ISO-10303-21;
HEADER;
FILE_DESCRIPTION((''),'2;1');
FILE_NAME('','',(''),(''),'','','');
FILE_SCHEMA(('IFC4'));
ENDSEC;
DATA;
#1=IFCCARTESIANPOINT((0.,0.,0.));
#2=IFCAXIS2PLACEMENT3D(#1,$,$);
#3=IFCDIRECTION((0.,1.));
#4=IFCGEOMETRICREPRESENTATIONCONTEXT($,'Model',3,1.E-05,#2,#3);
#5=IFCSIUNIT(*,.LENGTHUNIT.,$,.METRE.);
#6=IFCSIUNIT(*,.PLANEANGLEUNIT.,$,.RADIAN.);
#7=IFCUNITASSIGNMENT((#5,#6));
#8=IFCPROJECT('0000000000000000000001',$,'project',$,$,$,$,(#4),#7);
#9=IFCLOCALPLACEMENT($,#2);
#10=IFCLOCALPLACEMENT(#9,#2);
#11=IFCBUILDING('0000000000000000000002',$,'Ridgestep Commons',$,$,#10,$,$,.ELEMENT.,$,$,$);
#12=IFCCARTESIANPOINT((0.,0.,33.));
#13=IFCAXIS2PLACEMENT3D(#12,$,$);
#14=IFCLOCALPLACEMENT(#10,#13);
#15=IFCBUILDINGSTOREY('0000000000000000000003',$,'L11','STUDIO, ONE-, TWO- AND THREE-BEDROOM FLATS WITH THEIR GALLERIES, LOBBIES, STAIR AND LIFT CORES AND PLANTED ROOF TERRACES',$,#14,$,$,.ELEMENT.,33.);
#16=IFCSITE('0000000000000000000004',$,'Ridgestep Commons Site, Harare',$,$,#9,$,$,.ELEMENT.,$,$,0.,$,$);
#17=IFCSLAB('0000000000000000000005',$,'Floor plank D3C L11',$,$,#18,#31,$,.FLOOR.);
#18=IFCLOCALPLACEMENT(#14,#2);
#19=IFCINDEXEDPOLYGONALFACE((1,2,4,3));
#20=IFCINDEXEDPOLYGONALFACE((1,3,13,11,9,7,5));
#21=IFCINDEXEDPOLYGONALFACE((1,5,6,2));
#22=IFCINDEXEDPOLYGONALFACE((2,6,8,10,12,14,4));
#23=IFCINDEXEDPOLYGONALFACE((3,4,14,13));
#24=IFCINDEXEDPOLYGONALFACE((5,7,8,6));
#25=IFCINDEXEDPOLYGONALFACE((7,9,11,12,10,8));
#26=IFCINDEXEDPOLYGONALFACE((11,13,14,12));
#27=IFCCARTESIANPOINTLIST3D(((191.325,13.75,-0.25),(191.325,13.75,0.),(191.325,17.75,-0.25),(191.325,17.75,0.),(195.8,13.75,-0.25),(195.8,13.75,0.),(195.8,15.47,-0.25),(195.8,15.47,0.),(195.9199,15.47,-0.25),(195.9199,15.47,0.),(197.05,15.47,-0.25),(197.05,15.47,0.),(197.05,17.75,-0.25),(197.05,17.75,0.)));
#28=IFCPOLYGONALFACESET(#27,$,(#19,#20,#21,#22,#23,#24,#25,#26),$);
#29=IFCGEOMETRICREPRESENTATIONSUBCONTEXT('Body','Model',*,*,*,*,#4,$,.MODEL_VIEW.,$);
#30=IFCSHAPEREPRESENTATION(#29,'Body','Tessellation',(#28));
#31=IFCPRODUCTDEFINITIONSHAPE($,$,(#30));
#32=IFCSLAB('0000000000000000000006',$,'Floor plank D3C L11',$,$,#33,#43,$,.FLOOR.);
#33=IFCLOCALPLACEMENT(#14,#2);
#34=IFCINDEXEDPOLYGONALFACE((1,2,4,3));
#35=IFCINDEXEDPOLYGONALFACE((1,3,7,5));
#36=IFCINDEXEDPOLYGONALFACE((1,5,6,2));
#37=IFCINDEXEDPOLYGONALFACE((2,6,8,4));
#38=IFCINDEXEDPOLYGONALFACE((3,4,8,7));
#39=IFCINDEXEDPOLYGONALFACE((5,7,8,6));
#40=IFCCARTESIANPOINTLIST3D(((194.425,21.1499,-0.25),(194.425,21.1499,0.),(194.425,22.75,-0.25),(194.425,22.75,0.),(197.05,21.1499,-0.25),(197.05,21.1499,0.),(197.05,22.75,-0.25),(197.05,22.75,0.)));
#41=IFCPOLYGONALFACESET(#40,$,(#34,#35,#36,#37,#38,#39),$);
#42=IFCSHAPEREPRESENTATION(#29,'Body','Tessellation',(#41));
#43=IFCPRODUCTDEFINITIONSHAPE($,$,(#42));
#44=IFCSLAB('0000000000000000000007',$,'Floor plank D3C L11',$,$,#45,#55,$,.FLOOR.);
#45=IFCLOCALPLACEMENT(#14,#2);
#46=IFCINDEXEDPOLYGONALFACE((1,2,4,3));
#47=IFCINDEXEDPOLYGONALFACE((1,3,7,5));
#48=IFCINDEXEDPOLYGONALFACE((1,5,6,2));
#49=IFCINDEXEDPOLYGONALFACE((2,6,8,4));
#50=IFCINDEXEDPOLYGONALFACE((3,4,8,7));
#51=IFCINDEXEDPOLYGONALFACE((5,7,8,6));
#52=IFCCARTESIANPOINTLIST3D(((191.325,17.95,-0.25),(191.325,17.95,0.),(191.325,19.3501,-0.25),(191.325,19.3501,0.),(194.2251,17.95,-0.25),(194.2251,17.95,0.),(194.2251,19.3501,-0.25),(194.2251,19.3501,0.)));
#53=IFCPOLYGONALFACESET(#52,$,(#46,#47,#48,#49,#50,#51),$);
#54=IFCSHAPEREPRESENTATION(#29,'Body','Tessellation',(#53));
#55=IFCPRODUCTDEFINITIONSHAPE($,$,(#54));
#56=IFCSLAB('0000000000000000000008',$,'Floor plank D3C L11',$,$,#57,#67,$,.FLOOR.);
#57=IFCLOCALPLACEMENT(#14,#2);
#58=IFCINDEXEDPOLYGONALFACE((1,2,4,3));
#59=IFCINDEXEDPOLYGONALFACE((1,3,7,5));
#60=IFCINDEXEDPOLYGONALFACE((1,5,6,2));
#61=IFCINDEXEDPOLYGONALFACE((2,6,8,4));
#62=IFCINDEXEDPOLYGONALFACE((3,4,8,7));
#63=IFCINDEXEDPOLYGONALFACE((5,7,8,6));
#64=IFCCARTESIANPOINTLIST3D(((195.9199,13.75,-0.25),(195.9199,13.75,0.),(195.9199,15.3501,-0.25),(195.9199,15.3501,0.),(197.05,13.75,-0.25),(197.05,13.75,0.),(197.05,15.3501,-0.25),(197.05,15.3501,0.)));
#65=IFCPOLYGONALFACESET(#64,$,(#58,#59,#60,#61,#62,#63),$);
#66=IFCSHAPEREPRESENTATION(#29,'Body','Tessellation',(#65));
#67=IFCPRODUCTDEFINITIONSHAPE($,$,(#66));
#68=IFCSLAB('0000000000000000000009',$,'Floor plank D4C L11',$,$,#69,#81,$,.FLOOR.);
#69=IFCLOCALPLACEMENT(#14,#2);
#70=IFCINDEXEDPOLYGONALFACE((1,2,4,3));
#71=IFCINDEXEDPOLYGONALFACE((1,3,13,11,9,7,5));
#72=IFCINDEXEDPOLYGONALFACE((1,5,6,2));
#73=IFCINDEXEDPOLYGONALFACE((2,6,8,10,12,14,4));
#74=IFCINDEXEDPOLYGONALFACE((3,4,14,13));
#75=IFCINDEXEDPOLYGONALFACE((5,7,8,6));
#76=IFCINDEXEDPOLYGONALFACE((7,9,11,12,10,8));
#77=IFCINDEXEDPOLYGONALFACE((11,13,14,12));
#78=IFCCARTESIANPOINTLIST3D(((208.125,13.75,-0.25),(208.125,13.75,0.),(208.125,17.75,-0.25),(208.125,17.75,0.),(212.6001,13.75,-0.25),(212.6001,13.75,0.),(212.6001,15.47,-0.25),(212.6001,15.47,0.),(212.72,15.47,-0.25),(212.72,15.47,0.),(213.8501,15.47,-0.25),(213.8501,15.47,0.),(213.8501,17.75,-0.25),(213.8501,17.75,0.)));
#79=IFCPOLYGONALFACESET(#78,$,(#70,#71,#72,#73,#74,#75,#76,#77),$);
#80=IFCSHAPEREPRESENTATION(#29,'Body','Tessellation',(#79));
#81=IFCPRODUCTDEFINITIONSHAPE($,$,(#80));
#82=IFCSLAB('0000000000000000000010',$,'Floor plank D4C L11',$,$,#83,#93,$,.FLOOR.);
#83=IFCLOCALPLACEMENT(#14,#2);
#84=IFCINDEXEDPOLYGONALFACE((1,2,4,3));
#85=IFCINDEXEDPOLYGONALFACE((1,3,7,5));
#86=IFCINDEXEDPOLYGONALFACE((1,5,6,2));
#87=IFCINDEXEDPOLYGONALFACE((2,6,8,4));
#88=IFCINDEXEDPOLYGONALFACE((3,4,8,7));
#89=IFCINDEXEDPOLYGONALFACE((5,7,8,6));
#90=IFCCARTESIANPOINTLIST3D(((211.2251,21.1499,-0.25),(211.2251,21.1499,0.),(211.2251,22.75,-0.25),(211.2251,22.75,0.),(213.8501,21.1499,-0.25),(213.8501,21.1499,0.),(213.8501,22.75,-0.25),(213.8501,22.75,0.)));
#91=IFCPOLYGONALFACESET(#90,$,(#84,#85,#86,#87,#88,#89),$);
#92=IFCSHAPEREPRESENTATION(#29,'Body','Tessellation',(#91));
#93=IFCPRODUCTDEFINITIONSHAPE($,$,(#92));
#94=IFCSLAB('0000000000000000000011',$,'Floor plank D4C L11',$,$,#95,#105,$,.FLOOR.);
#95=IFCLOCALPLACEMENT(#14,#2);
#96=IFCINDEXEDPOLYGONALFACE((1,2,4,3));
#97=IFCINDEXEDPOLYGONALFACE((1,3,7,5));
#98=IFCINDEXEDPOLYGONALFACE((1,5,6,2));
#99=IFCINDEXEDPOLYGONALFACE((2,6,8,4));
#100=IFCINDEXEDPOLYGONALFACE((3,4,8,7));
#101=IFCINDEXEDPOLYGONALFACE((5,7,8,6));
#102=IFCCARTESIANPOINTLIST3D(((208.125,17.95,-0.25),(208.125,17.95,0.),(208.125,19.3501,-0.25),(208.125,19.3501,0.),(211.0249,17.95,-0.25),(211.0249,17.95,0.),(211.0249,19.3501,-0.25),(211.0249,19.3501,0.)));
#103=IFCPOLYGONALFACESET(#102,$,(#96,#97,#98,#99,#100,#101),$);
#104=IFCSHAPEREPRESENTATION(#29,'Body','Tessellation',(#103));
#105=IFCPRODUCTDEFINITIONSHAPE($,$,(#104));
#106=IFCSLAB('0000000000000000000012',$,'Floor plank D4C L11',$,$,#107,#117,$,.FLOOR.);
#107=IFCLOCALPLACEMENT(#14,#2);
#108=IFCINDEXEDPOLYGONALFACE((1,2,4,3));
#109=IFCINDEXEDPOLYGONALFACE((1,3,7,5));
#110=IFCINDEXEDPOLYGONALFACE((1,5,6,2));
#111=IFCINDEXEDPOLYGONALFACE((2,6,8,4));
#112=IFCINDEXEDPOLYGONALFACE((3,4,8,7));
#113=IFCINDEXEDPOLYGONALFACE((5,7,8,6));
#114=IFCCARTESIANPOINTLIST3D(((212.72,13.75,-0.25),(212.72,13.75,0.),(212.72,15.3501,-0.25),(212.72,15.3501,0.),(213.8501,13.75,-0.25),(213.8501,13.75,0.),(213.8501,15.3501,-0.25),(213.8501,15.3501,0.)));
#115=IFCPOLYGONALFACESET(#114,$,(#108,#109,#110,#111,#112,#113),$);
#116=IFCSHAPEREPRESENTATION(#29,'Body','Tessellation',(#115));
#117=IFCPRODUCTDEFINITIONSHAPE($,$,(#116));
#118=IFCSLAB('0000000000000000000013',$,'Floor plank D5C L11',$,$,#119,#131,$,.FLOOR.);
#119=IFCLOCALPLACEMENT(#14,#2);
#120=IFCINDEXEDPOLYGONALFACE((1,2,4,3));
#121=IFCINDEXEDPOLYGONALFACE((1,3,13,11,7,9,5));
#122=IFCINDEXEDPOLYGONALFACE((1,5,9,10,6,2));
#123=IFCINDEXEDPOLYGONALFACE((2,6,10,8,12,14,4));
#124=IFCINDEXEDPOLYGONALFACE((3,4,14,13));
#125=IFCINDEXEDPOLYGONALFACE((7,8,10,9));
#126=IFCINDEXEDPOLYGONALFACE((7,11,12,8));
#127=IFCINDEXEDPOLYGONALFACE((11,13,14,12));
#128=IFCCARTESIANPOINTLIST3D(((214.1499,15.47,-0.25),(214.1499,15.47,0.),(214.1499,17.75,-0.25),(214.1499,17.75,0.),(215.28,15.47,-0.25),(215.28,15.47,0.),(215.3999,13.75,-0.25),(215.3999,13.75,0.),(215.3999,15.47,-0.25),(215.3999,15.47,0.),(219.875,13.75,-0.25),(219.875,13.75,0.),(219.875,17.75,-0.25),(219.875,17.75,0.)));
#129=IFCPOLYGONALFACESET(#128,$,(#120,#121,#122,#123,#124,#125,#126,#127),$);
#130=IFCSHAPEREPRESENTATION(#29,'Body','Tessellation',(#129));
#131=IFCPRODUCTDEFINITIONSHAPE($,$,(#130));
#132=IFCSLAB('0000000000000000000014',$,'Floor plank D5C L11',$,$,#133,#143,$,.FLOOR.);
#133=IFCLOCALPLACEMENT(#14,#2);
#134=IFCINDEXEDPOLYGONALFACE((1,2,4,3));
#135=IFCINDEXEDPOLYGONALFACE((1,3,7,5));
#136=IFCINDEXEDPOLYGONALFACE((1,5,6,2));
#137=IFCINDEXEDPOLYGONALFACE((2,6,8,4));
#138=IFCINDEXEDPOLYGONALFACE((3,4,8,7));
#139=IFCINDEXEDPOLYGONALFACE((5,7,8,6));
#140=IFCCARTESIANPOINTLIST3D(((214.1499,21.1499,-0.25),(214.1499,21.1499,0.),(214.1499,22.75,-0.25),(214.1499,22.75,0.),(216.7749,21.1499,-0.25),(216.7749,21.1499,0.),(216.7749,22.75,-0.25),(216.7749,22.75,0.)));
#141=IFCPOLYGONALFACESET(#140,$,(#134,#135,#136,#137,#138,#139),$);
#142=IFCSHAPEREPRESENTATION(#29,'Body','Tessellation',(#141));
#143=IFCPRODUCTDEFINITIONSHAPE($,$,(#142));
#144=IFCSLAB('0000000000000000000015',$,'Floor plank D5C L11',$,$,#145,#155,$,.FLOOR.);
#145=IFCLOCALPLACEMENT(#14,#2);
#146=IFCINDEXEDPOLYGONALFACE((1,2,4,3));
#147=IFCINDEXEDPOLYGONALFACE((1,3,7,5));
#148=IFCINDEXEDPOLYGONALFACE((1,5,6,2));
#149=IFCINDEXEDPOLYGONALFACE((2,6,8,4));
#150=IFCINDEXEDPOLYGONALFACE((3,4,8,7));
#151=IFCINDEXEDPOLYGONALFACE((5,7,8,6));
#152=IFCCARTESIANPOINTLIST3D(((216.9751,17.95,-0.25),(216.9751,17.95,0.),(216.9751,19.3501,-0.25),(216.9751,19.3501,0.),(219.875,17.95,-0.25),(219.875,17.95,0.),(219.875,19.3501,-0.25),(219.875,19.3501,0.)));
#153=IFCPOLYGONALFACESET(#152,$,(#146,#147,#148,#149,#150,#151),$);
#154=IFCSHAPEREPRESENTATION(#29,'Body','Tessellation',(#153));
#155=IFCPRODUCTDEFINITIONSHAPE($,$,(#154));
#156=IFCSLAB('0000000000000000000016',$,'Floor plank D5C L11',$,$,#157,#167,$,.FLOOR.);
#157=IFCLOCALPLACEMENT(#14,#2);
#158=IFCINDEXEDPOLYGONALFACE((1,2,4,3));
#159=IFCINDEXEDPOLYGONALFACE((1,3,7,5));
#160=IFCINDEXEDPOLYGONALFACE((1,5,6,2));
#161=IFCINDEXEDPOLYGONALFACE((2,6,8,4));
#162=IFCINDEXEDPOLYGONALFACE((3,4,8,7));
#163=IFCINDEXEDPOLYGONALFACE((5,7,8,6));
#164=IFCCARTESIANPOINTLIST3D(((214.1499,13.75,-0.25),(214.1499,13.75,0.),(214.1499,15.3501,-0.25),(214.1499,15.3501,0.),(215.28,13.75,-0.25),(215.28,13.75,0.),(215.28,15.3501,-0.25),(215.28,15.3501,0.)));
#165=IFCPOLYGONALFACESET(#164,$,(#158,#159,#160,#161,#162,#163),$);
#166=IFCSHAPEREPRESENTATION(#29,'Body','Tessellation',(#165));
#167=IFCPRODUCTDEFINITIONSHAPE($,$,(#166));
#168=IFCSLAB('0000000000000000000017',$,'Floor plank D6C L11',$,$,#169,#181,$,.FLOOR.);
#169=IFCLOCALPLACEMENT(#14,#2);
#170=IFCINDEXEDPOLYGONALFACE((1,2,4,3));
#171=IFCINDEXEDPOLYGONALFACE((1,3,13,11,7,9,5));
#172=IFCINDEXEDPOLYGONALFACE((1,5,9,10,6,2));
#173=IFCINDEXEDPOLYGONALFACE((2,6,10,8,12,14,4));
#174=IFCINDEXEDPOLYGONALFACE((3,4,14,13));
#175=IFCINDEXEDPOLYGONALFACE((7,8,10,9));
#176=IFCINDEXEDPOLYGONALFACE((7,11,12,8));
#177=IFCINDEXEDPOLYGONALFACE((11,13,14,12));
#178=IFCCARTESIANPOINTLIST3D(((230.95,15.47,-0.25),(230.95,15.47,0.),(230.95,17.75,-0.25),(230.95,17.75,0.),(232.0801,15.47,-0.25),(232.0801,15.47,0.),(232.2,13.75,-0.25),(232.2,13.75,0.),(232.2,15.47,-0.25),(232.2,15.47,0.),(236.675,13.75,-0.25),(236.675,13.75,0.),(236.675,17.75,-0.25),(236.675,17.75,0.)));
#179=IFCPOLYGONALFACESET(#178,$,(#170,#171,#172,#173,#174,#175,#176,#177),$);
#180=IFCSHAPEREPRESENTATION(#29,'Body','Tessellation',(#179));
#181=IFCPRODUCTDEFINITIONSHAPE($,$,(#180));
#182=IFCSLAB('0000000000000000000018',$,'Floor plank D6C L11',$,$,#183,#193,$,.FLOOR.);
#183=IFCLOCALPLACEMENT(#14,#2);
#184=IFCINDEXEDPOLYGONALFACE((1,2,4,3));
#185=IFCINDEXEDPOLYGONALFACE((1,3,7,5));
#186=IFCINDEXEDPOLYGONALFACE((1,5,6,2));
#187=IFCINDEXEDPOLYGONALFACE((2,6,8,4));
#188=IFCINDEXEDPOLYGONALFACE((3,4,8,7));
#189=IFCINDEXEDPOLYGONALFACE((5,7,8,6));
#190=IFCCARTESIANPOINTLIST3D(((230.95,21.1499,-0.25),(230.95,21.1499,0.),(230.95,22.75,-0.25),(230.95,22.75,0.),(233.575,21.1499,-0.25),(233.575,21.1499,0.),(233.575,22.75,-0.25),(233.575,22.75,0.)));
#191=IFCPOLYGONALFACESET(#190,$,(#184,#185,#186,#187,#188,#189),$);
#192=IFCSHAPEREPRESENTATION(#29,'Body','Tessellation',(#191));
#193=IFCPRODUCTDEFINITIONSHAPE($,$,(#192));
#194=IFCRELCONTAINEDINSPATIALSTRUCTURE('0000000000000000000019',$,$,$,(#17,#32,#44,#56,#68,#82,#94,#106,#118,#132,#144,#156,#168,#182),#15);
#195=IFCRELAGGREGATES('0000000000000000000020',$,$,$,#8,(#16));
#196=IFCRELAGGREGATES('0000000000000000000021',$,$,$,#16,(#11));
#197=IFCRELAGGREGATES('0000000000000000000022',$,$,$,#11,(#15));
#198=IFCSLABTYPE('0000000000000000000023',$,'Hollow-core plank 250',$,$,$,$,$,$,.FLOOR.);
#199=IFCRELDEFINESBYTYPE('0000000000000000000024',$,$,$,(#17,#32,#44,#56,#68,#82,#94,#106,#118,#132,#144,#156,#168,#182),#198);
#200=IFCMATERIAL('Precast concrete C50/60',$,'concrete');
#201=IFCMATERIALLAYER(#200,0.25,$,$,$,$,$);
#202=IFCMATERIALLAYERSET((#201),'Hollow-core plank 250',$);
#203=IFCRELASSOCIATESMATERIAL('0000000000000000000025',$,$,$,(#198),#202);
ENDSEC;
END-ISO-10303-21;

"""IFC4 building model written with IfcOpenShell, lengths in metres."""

from ifc_helpers import new_model, si_unit, direction, frame, origin, place, context, subcontext, project, spatial, polyline, outline, extrude, material, layer, layer_set, type_object, element, save


model = new_model("IFC4")

# Units and contexts
model_context = context("Model", 3, precision=1e-05, world=origin(), true_north=direction((0.0, 1.0)))
body_context = subcontext(model_context, "Body", "Model", "MODEL_VIEW")
ifc_project = project(units=[si_unit("LENGTHUNIT", "METRE"), si_unit("PLANEANGLEUNIT", "RADIAN")], contexts=[model_context])

# Site, building, storey
site_placement = place(None, origin())
site = spatial("IfcSite", under=ifc_project, at=site_placement, Name="Ridgestep Commons Site, Harare", CompositionType="ELEMENT", RefElevation=0.0)
building_placement = place(site_placement, origin())
building = spatial("IfcBuilding", under=site, at=building_placement, Name="Ridgestep Commons", CompositionType="ELEMENT")
storey_placement = place(building_placement, frame((0.0, 0.0, 33.0)))
storey = spatial("IfcBuildingStorey", under=building, at=storey_placement, Name="L11", Description="STUDIO, ONE-, TWO- AND THREE-BEDROOM FLATS WITH THEIR GALLERIES, LOBBIES, STAIR AND LIFT CORES AND PLANTED ROOF TERRACES", CompositionType="ELEMENT", Elevation=33.0)

# Slabs
ifc_material_1 = material(Name="Precast concrete C50/60", Category="concrete")
ifc_layer_1 = layer(ifc_material_1, 0.25)
ifc_layer_set_1 = layer_set([ifc_layer_1], Name="Hollow-core plank 250")
slab_type_1 = type_object("IfcSlabType", Name="Hollow-core plank 250", PredefinedType="FLOOR", material=ifc_layer_set_1)
slab_1_placement = place(storey_placement, frame((0.0, 0.0, -0.25)))
element("IfcSlab", 1, at=slab_1_placement, inside=storey, type_object=slab_type_1, Name="Floor plank D3C L11", PredefinedType="FLOOR", context=body_context, shape_type="SweptSolid", body=[
    extrude(outline(polyline([(195.9199, 15.47), (197.05, 15.47), (197.05, 17.75), (191.325, 17.75), (191.325, 13.75), (195.8, 13.75), (195.8, 15.47), (195.9199, 15.47)])), origin(), (0.0, 0.0, 1.0), 0.25),
])
slab_2_placement = place(storey_placement, frame((0.0, 0.0, -0.25)))
element("IfcSlab", 2, at=slab_2_placement, inside=storey, type_object=slab_type_1, Name="Floor plank D3C L11", PredefinedType="FLOOR", context=body_context, shape_type="SweptSolid", body=[
    extrude(outline(polyline([(197.05, 21.1499), (197.05, 22.75), (194.425, 22.75), (194.425, 21.1499), (197.05, 21.1499)])), origin(), (0.0, 0.0, 1.0), 0.25),
])
slab_3_placement = place(storey_placement, frame((0.0, 0.0, -0.25)))
element("IfcSlab", 3, at=slab_3_placement, inside=storey, type_object=slab_type_1, Name="Floor plank D3C L11", PredefinedType="FLOOR", context=body_context, shape_type="SweptSolid", body=[
    extrude(outline(polyline([(194.2251, 17.95), (194.2251, 19.3501), (191.325, 19.3501), (191.325, 17.95), (194.2251, 17.95)])), origin(), (0.0, 0.0, 1.0), 0.25),
])
slab_4_placement = place(storey_placement, frame((0.0, 0.0, -0.25)))
element("IfcSlab", 4, at=slab_4_placement, inside=storey, type_object=slab_type_1, Name="Floor plank D3C L11", PredefinedType="FLOOR", context=body_context, shape_type="SweptSolid", body=[
    extrude(outline(polyline([(195.9199, 13.75), (197.05, 13.75), (197.05, 15.3501), (195.9199, 15.3501), (195.9199, 13.75)])), origin(), (0.0, 0.0, 1.0), 0.25),
])
slab_5_placement = place(storey_placement, frame((0.0, 0.0, -0.25)))
element("IfcSlab", 5, at=slab_5_placement, inside=storey, type_object=slab_type_1, Name="Floor plank D4C L11", PredefinedType="FLOOR", context=body_context, shape_type="SweptSolid", body=[
    extrude(outline(polyline([(212.72, 15.47), (213.8501, 15.47), (213.8501, 17.75), (208.125, 17.75), (208.125, 13.75), (212.6001, 13.75), (212.6001, 15.47), (212.72, 15.47)])), origin(), (0.0, 0.0, 1.0), 0.25),
])
slab_6_placement = place(storey_placement, frame((0.0, 0.0, -0.25)))
element("IfcSlab", 6, at=slab_6_placement, inside=storey, type_object=slab_type_1, Name="Floor plank D4C L11", PredefinedType="FLOOR", context=body_context, shape_type="SweptSolid", body=[
    extrude(outline(polyline([(213.8501, 21.1499), (213.8501, 22.75), (211.2251, 22.75), (211.2251, 21.1499), (213.8501, 21.1499)])), origin(), (0.0, 0.0, 1.0), 0.25),
])
slab_7_placement = place(storey_placement, frame((0.0, 0.0, -0.25)))
element("IfcSlab", 7, at=slab_7_placement, inside=storey, type_object=slab_type_1, Name="Floor plank D4C L11", PredefinedType="FLOOR", context=body_context, shape_type="SweptSolid", body=[
    extrude(outline(polyline([(211.0249, 17.95), (211.0249, 19.3501), (208.125, 19.3501), (208.125, 17.95), (211.0249, 17.95)])), origin(), (0.0, 0.0, 1.0), 0.25),
])
slab_8_placement = place(storey_placement, frame((0.0, 0.0, -0.25)))
element("IfcSlab", 8, at=slab_8_placement, inside=storey, type_object=slab_type_1, Name="Floor plank D4C L11", PredefinedType="FLOOR", context=body_context, shape_type="SweptSolid", body=[
    extrude(outline(polyline([(212.72, 13.75), (213.8501, 13.75), (213.8501, 15.3501), (212.72, 15.3501), (212.72, 13.75)])), origin(), (0.0, 0.0, 1.0), 0.25),
])
slab_9_placement = place(storey_placement, frame((0.0, 0.0, -0.25)))
element("IfcSlab", 9, at=slab_9_placement, inside=storey, type_object=slab_type_1, Name="Floor plank D5C L11", PredefinedType="FLOOR", context=body_context, shape_type="SweptSolid", body=[
    extrude(outline(polyline([(215.3999, 13.75), (219.875, 13.75), (219.875, 17.75), (214.1499, 17.75), (214.1499, 15.47), (215.28, 15.47), (215.3999, 15.47), (215.3999, 13.75)])), origin(), (0.0, 0.0, 1.0), 0.25),
])
slab_10_placement = place(storey_placement, frame((0.0, 0.0, -0.25)))
element("IfcSlab", 10, at=slab_10_placement, inside=storey, type_object=slab_type_1, Name="Floor plank D5C L11", PredefinedType="FLOOR", context=body_context, shape_type="SweptSolid", body=[
    extrude(outline(polyline([(216.7749, 22.75), (214.1499, 22.75), (214.1499, 21.1499), (216.7749, 21.1499), (216.7749, 22.75)])), origin(), (0.0, 0.0, 1.0), 0.25),
])
slab_11_placement = place(storey_placement, frame((0.0, 0.0, -0.25)))
element("IfcSlab", 11, at=slab_11_placement, inside=storey, type_object=slab_type_1, Name="Floor plank D5C L11", PredefinedType="FLOOR", context=body_context, shape_type="SweptSolid", body=[
    extrude(outline(polyline([(219.875, 17.95), (219.875, 19.3501), (216.9751, 19.3501), (216.9751, 17.95), (219.875, 17.95)])), origin(), (0.0, 0.0, 1.0), 0.25),
])
slab_12_placement = place(storey_placement, frame((0.0, 0.0, -0.25)))
element("IfcSlab", 12, at=slab_12_placement, inside=storey, type_object=slab_type_1, Name="Floor plank D5C L11", PredefinedType="FLOOR", context=body_context, shape_type="SweptSolid", body=[
    extrude(outline(polyline([(215.28, 15.3501), (214.1499, 15.3501), (214.1499, 13.75), (215.28, 13.75), (215.28, 15.3501)])), origin(), (0.0, 0.0, 1.0), 0.25),
])
slab_13_placement = place(storey_placement, frame((0.0, 0.0, -0.25)))
element("IfcSlab", 13, at=slab_13_placement, inside=storey, type_object=slab_type_1, Name="Floor plank D6C L11", PredefinedType="FLOOR", context=body_context, shape_type="SweptSolid", body=[
    extrude(outline(polyline([(232.2, 13.75), (236.675, 13.75), (236.675, 17.75), (230.95, 17.75), (230.95, 15.47), (232.0801, 15.47), (232.2, 15.47), (232.2, 13.75)])), origin(), (0.0, 0.0, 1.0), 0.25),
])
slab_14_placement = place(storey_placement, frame((0.0, 0.0, -0.25)))
element("IfcSlab", 14, at=slab_14_placement, inside=storey, type_object=slab_type_1, Name="Floor plank D6C L11", PredefinedType="FLOOR", context=body_context, shape_type="SweptSolid", body=[
    extrude(outline(polyline([(233.575, 22.75), (230.95, 22.75), (230.95, 21.1499), (233.575, 21.1499), (233.575, 22.75)])), origin(), (0.0, 0.0, 1.0), 0.25),
])

save(model, "model.ifc")
